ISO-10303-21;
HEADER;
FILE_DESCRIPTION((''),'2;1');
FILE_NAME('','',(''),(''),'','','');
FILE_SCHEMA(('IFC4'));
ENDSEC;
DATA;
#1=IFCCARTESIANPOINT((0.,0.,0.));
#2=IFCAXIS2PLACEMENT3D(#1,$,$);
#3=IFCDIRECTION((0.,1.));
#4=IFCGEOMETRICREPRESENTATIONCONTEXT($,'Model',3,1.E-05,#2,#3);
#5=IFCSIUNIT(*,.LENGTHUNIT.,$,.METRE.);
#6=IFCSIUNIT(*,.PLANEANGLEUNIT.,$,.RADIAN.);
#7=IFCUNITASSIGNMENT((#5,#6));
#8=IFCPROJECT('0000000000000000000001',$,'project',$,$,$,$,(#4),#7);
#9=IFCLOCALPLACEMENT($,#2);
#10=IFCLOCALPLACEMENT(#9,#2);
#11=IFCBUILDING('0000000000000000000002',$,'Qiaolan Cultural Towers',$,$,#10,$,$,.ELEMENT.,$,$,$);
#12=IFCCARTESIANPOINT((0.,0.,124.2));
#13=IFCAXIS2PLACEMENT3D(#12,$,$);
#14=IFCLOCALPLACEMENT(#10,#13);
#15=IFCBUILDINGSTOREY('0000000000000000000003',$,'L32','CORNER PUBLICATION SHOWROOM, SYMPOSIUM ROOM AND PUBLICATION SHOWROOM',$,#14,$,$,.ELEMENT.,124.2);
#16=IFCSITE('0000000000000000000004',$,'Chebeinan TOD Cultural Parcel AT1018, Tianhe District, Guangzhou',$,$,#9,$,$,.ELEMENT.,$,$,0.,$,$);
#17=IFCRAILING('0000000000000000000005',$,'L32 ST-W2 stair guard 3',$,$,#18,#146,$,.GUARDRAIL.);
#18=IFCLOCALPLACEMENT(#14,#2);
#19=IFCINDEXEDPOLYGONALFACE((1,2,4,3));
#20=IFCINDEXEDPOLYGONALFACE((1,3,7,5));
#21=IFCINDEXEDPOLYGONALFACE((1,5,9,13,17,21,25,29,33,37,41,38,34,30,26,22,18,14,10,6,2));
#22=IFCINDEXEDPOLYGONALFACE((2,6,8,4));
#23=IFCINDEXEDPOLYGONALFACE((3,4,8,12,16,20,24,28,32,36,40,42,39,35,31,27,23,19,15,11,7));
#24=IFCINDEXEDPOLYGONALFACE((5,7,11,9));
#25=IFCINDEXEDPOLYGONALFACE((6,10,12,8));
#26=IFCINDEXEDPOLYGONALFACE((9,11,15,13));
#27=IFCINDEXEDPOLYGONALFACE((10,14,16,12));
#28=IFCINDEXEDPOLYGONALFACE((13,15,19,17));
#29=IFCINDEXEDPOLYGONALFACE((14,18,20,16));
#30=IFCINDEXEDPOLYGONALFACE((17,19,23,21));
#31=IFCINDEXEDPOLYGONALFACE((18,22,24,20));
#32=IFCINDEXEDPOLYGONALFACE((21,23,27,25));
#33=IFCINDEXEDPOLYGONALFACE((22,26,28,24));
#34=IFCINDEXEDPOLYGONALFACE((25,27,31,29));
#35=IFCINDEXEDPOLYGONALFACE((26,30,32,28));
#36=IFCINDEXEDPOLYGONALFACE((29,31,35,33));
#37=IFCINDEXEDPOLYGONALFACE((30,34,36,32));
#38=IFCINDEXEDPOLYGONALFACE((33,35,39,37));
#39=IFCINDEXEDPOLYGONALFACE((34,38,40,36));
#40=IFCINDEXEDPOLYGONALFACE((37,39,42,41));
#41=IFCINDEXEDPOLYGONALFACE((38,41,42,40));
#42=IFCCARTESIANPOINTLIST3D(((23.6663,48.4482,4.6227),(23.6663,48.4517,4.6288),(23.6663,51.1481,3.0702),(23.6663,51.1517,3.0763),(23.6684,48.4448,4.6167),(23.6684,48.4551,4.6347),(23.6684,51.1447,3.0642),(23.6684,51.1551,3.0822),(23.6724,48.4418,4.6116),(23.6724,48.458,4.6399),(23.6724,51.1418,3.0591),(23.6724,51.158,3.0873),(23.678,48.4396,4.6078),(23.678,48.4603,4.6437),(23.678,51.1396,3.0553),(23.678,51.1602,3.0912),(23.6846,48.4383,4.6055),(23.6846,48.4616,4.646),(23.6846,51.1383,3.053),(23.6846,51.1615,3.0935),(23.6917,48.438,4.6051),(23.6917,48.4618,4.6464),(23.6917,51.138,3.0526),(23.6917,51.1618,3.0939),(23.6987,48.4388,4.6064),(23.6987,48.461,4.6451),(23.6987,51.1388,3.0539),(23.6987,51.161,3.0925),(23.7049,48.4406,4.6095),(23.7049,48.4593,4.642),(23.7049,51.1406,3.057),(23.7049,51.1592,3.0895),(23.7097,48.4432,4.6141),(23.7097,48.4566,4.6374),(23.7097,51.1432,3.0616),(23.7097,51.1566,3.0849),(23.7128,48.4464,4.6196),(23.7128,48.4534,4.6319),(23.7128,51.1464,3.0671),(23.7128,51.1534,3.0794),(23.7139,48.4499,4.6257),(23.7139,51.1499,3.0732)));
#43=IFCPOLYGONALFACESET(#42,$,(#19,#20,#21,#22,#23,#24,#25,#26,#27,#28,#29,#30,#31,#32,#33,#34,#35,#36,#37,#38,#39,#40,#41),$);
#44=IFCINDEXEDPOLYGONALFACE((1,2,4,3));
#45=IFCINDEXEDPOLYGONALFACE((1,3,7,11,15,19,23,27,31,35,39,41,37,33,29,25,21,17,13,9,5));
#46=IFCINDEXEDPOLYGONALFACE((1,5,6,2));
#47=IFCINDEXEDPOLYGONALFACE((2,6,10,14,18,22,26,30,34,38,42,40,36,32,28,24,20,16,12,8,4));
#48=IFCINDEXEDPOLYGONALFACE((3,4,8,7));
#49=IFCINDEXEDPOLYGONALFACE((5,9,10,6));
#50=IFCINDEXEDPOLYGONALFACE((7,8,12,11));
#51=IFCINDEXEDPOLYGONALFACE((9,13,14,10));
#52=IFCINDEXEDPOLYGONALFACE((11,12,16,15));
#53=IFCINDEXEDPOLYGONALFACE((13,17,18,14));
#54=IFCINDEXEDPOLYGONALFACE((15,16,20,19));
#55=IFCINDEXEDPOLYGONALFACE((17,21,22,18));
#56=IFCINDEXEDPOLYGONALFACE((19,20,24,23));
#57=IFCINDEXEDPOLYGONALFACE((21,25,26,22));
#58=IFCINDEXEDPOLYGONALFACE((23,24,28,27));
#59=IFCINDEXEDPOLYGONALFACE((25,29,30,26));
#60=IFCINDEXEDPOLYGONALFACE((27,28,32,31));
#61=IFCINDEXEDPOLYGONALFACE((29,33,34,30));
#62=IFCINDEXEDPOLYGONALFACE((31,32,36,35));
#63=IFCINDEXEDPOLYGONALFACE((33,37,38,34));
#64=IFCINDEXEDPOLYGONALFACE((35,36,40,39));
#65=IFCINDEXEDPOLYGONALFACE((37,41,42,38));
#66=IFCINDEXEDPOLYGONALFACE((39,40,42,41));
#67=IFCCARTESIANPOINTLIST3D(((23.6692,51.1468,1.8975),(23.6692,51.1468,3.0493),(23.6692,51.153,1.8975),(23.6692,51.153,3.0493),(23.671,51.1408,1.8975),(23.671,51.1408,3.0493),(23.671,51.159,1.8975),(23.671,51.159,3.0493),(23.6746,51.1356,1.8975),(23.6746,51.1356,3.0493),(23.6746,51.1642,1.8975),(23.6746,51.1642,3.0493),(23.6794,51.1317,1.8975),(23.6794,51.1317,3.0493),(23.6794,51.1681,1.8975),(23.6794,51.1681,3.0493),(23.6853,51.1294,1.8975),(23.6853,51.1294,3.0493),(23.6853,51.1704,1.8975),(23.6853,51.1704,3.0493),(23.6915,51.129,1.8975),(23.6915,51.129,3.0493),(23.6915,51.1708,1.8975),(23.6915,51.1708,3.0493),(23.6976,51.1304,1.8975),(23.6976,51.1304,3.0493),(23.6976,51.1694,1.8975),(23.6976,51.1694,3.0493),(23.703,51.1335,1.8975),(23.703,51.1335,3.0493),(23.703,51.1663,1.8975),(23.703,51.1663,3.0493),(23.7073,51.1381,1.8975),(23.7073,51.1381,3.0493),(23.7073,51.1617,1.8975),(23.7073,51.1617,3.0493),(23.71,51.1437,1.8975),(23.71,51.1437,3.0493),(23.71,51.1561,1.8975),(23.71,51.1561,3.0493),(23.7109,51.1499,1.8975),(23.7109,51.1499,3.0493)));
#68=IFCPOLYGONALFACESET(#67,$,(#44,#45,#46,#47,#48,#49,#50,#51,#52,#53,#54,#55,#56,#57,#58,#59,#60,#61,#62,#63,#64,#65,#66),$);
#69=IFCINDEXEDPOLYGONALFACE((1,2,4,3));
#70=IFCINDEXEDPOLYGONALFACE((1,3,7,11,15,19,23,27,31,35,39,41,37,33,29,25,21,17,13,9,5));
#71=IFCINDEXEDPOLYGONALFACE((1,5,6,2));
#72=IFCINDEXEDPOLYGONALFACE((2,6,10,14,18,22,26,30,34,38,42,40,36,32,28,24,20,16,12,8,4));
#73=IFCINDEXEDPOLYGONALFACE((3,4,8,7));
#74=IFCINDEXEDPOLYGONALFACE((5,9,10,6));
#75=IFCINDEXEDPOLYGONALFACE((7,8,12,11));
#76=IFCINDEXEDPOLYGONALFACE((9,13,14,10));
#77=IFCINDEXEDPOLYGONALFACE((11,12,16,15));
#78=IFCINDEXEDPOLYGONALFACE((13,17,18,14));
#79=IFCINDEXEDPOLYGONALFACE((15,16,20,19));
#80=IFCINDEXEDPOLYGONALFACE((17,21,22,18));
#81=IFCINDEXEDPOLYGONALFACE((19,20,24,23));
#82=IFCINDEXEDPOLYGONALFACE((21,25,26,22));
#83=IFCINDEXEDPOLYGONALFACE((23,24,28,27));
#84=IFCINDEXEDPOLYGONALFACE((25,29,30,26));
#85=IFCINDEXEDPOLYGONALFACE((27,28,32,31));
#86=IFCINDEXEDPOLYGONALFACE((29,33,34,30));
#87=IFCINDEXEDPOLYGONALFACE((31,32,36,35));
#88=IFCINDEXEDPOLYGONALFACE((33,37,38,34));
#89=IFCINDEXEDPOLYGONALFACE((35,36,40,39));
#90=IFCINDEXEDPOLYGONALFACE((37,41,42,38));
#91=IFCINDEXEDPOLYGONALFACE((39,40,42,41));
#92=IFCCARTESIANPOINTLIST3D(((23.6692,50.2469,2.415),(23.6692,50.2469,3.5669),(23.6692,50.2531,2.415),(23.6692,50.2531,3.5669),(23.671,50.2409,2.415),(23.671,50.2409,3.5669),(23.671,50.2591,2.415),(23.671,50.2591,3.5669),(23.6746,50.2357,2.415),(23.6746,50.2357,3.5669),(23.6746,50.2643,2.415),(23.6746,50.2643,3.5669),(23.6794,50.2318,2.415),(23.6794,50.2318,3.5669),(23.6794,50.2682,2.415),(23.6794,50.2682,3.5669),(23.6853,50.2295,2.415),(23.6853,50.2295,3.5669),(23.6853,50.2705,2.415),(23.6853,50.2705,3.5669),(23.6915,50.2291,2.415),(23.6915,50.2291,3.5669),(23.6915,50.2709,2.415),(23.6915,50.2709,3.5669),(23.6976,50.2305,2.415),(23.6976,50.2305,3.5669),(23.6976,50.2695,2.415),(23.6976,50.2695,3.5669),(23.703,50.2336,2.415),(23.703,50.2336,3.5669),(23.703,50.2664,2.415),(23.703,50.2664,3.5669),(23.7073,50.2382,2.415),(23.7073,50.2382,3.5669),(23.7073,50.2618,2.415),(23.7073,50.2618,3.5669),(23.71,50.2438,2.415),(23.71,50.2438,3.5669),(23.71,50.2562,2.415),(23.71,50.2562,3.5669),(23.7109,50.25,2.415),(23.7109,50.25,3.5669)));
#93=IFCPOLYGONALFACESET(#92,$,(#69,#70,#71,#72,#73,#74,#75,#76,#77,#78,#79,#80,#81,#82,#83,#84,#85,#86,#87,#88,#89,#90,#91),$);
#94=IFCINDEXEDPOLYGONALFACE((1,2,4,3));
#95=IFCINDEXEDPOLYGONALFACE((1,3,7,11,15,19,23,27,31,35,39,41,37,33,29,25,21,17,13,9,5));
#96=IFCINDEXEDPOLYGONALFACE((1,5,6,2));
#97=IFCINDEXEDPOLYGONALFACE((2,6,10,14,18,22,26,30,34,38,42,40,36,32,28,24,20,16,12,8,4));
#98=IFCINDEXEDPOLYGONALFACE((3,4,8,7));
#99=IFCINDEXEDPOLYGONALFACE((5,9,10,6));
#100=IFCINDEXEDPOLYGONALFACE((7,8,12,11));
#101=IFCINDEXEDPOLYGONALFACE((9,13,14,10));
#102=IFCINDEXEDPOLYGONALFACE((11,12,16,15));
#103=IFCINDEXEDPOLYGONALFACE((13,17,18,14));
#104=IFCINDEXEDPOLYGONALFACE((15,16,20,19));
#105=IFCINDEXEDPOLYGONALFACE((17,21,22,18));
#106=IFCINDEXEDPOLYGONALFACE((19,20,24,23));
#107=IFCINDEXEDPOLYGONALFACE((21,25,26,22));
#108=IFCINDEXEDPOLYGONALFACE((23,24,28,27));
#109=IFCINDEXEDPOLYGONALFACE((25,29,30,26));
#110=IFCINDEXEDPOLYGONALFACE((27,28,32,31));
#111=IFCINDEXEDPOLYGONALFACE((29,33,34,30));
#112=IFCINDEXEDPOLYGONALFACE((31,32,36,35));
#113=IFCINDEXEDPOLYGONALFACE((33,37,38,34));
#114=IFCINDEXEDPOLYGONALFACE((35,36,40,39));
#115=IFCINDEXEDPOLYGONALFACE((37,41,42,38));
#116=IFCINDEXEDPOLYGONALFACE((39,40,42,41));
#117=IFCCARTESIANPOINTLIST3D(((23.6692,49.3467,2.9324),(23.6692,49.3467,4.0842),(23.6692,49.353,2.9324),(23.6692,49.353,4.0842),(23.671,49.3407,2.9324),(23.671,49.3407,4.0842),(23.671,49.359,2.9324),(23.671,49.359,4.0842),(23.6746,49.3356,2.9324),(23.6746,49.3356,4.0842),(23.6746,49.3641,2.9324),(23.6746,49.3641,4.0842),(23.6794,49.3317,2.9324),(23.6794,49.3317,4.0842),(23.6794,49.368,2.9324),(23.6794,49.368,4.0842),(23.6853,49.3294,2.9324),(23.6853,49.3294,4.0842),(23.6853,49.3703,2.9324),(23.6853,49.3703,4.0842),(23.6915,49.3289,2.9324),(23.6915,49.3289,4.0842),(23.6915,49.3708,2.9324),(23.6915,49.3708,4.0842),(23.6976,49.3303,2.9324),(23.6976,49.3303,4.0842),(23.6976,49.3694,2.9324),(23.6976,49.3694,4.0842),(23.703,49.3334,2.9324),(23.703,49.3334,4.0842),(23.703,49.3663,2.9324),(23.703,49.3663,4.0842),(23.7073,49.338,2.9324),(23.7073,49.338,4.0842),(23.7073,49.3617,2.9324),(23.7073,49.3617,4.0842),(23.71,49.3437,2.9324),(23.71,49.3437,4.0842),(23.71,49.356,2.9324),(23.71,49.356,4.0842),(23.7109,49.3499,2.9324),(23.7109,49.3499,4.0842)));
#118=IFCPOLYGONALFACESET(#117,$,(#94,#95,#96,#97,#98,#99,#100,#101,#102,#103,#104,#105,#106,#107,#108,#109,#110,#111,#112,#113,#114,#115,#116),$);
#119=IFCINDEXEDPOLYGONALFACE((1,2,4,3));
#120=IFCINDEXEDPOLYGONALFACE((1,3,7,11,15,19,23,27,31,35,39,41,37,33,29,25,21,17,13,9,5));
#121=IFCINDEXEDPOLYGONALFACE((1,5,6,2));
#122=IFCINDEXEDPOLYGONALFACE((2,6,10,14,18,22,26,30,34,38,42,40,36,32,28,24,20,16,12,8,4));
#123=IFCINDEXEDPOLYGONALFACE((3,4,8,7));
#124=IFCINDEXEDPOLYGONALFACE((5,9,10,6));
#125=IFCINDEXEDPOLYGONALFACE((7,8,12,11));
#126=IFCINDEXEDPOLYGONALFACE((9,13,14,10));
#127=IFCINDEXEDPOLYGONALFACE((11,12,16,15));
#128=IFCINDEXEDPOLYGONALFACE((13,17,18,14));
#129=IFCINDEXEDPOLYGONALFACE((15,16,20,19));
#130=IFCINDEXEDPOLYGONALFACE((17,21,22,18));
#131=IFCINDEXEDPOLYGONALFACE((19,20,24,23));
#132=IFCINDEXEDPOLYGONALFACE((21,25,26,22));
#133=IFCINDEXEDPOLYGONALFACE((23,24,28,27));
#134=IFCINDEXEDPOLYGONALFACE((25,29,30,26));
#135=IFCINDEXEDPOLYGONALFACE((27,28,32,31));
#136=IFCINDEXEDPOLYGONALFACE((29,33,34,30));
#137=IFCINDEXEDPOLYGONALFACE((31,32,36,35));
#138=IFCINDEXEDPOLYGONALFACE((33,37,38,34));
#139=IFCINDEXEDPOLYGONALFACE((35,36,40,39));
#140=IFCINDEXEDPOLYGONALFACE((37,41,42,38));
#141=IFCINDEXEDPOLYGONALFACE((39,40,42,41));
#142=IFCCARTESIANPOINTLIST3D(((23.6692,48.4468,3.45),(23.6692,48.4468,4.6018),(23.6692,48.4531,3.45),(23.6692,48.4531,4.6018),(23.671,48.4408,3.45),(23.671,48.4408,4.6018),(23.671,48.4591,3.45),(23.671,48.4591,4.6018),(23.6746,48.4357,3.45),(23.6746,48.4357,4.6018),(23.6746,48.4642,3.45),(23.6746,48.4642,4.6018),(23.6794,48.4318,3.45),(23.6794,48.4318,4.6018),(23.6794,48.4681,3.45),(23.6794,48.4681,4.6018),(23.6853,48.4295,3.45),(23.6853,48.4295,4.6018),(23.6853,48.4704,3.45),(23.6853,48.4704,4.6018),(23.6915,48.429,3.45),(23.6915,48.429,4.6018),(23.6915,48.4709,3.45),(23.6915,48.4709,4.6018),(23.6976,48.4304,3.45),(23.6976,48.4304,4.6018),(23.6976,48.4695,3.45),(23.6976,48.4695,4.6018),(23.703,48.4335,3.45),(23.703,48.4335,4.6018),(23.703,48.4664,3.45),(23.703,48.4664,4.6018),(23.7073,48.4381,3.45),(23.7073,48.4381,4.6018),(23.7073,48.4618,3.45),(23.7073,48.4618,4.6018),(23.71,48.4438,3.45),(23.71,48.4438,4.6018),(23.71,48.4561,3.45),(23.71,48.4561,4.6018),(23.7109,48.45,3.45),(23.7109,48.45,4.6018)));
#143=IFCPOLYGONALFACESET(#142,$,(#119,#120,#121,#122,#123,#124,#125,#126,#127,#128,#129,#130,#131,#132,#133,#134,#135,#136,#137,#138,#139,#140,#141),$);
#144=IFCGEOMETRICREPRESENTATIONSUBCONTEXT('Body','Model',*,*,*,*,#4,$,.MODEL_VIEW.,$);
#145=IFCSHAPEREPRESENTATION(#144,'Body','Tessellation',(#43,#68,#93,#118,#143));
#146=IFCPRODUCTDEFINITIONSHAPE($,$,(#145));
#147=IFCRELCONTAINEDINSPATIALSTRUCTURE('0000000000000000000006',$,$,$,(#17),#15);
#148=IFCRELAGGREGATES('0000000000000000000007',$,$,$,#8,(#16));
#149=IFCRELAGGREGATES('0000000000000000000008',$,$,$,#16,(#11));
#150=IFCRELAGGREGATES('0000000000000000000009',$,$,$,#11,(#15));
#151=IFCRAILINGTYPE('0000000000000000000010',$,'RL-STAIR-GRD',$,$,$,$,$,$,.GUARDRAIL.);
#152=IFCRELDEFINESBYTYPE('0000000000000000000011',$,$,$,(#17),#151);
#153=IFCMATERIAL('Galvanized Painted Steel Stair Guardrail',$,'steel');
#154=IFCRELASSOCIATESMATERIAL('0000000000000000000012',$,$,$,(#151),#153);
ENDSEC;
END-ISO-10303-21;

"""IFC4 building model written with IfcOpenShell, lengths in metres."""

from ifc_helpers import new_model, si_unit, direction, frame, origin, origin_2d, place, context, subcontext, project, spatial, circle, extrude, material, type_object, element, save


model = new_model("IFC4")

# Units and contexts
model_context = context("Model", 3, precision=1e-05, world=origin(), true_north=direction((0.0, 1.0)))
body_context = subcontext(model_context, "Body", "Model", "MODEL_VIEW")
ifc_project = project(units=[si_unit("LENGTHUNIT", "METRE"), si_unit("PLANEANGLEUNIT", "RADIAN")], contexts=[model_context])

# Site, building, storey
site_placement = place(None, origin())
site = spatial("IfcSite", under=ifc_project, at=site_placement, Name="Chebeinan TOD Cultural Parcel AT1018, Tianhe District, Guangzhou", CompositionType="ELEMENT", RefElevation=0.0)
building_placement = place(site_placement, origin())
building = spatial("IfcBuilding", under=site, at=building_placement, Name="Qiaolan Cultural Towers", CompositionType="ELEMENT")
storey_placement = place(building_placement, frame((0.0, 0.0, 124.2)))
storey = spatial("IfcBuildingStorey", under=building, at=storey_placement, Name="L32", Description="CORNER PUBLICATION SHOWROOM, SYMPOSIUM ROOM AND PUBLICATION SHOWROOM", CompositionType="ELEMENT", Elevation=124.2)

# Railing
ifc_material_1 = material(Name="Galvanized Painted Steel Stair Guardrail", Category="steel")
railing_type_1 = type_object("IfcRailingType", Name="RL-STAIR-GRD", PredefinedType="GUARDRAIL", material=ifc_material_1)
railing_1_placement = place(storey_placement, frame((23.6899, 51.1499, 1.8975)))
element("IfcRailing", 1, at=railing_1_placement, inside=storey, type_object=railing_type_1, Name="L32 ST-W2 stair guard 3", PredefinedType="GUARDRAIL", context=body_context, shape_type="SweptSolid", body=[
    extrude(circle(Radius=0.0239, at=origin_2d()), frame((0.0, 0.0, 1.1758), z_axis=(0.0, -0.866904, 0.498476), x_axis=(1.0, 0.0, 0.0)), (0.0, 0.0, 1.0), 3.1145),
    extrude(circle(Radius=0.021, at=origin_2d()), origin(), (0.0, 0.0, 1.0), 1.1519),
    extrude(circle(Radius=0.021, at=origin_2d()), frame((0.0, -0.8999, 0.5176)), (0.0, 0.0, 1.0), 1.1519),
    extrude(circle(Radius=0.021, at=origin_2d()), frame((0.0, -1.8, 1.0349)), (0.0, 0.0, 1.0), 1.1519),
    extrude(circle(Radius=0.021, at=origin_2d()), frame((0.0, -2.7, 1.5525)), (0.0, 0.0, 1.0), 1.1519),
])

save(model, "model.ifc")
